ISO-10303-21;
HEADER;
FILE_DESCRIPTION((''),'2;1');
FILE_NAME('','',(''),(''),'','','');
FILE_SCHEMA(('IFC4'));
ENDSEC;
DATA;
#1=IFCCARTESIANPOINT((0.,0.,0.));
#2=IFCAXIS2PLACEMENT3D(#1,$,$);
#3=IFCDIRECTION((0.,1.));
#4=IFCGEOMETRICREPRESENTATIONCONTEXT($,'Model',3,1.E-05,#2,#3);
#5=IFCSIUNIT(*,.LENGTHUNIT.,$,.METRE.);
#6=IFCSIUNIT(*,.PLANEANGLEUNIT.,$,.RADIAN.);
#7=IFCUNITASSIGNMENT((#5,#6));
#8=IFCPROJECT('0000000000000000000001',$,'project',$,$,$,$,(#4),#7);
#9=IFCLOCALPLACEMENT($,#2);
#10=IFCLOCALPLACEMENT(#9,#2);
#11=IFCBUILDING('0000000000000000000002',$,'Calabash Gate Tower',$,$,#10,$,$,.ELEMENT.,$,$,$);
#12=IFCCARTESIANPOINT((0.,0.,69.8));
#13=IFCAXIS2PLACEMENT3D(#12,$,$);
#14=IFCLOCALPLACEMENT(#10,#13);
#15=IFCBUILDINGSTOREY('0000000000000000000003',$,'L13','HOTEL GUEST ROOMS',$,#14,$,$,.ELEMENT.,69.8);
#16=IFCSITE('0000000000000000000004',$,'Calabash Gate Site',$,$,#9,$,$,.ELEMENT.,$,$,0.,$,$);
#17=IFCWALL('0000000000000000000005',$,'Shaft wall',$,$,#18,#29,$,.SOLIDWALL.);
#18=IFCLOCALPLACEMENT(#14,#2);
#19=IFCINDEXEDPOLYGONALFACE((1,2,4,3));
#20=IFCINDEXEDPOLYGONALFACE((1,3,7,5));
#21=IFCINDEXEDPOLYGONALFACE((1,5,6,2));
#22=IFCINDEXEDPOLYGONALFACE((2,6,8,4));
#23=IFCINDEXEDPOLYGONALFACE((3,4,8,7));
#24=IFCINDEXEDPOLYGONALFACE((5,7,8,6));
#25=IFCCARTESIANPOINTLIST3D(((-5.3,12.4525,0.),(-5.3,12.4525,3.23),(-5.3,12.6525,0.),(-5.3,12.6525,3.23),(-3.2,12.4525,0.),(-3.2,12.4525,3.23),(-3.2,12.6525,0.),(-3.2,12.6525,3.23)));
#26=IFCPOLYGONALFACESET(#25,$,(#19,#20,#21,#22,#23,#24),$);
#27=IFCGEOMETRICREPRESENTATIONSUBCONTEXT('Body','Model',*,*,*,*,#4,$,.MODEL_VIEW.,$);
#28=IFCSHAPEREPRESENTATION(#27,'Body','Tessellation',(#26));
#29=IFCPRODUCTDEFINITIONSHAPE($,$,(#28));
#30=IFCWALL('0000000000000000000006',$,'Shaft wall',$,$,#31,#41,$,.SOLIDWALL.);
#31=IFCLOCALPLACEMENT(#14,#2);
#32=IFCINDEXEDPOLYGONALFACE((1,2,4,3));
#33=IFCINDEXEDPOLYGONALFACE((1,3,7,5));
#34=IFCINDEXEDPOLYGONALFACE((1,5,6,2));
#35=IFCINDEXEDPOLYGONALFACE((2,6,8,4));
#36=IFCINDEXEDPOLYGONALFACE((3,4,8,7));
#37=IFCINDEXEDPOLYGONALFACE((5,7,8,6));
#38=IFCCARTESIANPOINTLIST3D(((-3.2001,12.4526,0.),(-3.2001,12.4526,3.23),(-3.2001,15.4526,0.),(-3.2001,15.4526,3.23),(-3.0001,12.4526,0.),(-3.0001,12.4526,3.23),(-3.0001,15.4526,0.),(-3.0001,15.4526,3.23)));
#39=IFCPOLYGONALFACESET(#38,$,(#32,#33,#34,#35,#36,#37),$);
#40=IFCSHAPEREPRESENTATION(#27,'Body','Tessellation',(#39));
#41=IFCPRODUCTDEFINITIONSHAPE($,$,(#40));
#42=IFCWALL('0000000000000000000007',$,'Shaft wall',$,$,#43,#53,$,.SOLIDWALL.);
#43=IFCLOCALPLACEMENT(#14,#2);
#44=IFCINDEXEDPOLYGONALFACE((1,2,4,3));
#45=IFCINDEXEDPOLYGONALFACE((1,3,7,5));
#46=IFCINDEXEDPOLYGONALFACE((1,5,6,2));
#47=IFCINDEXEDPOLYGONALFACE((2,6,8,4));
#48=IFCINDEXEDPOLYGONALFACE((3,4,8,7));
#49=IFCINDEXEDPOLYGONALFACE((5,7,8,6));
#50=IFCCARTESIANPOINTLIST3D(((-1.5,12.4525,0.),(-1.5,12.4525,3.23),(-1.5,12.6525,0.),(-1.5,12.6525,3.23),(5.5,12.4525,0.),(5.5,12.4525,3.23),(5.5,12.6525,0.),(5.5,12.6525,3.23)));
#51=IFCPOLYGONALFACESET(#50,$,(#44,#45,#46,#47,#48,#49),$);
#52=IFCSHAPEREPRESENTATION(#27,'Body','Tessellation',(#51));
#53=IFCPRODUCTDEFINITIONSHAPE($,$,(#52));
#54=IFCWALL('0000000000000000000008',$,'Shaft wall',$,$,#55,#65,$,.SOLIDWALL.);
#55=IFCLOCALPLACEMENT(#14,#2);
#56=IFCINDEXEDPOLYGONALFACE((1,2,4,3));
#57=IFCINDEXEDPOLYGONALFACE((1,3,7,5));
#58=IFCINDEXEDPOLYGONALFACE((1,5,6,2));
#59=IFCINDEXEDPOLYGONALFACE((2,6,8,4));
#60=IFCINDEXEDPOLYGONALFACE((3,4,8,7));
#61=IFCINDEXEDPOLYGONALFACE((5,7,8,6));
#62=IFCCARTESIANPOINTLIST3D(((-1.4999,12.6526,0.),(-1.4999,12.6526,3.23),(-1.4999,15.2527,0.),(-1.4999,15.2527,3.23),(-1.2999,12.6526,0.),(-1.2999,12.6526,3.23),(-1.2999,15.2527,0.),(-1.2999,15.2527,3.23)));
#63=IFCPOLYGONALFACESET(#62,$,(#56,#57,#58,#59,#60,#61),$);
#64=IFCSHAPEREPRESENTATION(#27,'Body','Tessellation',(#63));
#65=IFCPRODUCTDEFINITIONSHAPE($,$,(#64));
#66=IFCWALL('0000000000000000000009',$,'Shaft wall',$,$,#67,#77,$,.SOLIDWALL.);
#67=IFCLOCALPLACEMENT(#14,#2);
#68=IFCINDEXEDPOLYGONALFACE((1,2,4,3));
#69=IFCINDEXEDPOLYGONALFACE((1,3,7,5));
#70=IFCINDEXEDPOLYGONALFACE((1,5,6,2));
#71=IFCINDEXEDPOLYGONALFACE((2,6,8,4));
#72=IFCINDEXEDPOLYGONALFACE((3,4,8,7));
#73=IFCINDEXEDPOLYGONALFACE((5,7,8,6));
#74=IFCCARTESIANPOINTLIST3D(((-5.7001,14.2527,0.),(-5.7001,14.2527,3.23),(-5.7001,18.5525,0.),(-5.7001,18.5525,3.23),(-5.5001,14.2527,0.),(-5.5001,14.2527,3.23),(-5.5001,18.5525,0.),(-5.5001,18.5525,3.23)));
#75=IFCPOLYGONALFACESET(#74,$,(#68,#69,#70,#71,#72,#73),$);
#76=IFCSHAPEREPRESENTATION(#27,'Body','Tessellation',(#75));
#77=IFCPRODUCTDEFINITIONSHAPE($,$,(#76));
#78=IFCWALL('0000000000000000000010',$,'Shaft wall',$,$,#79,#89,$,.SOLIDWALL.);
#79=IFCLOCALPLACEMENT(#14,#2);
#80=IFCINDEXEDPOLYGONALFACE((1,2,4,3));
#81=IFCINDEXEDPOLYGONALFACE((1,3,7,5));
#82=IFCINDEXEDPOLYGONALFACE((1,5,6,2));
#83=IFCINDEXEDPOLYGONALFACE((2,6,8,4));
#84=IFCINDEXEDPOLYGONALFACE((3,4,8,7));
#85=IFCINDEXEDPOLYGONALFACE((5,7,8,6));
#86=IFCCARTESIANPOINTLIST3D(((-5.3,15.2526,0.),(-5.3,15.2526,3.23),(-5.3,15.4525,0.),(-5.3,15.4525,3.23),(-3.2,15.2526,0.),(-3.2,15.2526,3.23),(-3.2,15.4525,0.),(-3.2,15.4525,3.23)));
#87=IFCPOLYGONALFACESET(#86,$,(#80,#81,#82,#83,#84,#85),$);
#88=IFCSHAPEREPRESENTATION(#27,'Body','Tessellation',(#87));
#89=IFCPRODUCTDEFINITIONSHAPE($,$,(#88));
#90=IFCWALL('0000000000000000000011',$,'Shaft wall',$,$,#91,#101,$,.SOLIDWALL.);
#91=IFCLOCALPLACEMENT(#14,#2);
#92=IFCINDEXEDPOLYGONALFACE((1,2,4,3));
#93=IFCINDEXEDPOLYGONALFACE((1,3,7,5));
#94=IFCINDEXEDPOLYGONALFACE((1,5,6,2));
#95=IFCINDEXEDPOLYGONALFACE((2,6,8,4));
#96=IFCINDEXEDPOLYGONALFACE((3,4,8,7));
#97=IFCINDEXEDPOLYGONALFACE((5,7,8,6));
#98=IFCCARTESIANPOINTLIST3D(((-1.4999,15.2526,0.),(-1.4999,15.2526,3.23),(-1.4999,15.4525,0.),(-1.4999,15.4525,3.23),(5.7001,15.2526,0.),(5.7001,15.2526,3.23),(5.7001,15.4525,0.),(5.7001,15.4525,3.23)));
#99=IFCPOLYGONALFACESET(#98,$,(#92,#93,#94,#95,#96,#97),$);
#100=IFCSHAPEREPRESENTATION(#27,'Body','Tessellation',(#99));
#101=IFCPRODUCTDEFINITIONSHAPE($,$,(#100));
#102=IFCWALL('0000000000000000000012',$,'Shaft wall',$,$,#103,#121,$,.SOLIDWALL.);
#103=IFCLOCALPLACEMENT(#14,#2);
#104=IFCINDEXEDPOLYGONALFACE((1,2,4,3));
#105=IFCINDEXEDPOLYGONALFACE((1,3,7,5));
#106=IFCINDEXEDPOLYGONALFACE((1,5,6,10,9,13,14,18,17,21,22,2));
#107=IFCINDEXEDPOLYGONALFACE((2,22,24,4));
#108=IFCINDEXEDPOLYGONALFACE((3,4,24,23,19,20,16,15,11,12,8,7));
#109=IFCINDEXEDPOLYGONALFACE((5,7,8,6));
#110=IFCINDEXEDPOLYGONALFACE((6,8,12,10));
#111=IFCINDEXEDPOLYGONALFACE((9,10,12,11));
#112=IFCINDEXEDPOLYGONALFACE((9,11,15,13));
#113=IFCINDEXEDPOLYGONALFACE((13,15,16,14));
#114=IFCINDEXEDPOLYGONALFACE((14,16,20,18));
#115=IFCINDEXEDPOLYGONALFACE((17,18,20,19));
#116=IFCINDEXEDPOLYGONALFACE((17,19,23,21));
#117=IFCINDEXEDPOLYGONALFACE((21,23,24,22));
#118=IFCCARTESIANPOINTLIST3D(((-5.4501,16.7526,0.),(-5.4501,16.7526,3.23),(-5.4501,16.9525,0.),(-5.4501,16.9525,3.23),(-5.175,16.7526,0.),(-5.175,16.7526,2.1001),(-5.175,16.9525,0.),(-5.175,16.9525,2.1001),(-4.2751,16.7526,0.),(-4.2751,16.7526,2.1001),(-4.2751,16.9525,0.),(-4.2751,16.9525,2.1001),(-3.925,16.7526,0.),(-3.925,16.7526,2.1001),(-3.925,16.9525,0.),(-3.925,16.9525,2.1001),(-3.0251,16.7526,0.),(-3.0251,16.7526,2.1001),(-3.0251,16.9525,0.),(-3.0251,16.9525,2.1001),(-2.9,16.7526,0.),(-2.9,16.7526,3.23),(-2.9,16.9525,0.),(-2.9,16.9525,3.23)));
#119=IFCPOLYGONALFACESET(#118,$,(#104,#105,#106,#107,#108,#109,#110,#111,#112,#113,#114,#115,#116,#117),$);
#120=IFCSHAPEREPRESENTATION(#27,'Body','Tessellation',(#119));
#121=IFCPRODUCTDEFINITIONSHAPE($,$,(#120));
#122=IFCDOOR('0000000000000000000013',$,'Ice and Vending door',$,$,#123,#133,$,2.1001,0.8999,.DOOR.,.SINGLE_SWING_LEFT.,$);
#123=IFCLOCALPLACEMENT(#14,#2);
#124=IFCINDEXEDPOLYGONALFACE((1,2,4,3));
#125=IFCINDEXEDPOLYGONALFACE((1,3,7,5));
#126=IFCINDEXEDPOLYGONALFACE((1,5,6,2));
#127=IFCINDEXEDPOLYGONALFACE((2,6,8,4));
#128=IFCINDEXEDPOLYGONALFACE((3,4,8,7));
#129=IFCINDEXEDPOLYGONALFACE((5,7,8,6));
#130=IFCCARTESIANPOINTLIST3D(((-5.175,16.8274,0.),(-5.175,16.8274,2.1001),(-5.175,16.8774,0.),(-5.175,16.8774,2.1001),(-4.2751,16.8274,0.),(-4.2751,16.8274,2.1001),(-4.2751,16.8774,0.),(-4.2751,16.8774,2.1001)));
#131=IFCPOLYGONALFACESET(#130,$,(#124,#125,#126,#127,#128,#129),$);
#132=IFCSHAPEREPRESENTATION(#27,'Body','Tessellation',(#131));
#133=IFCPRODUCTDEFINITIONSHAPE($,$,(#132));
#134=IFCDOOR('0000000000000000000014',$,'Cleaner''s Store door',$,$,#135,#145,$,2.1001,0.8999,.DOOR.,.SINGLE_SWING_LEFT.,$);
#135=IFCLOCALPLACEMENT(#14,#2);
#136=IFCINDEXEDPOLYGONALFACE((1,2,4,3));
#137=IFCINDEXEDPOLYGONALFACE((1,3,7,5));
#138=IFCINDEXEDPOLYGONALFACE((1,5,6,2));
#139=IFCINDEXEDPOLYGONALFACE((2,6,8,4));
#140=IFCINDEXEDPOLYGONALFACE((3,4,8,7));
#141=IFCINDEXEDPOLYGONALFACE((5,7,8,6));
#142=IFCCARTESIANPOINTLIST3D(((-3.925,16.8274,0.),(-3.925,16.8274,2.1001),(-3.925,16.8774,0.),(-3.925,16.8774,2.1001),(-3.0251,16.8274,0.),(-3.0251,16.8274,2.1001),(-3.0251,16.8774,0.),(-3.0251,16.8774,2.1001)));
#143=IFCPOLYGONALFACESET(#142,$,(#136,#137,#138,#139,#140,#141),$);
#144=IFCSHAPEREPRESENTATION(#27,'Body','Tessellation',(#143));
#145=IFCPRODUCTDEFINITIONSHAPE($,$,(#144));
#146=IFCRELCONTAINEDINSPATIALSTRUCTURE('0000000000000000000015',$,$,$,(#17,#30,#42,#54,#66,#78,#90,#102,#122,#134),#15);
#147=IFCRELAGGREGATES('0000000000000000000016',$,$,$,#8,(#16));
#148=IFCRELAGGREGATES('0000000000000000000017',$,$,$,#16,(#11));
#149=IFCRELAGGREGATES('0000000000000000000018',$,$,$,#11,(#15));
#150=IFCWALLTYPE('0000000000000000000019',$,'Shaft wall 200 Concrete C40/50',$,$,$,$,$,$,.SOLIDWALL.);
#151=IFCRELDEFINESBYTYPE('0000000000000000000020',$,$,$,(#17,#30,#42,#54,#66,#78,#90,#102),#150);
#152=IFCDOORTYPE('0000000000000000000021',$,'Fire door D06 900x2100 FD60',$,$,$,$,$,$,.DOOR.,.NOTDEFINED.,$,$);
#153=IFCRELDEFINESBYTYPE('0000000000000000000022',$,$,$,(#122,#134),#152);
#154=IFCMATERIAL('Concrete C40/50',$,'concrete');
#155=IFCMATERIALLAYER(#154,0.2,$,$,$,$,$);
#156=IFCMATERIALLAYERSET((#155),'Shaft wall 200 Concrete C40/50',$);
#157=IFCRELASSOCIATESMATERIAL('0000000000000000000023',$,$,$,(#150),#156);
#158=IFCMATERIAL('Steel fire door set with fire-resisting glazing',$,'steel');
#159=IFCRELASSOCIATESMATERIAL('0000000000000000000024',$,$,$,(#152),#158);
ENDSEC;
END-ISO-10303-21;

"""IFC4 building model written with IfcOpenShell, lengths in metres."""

from ifc_helpers import new_model, si_unit, direction, frame, frame_2d, origin, place, context, subcontext, project, spatial, rectangle, extrude, material, layer, layer_set, type_object, element, fill, save


model = new_model("IFC4")

# Units and contexts
model_context = context("Model", 3, precision=1e-05, world=origin(), true_north=direction((0.0, 1.0)))
body_context = subcontext(model_context, "Body", "Model", "MODEL_VIEW")
ifc_project = project(units=[si_unit("LENGTHUNIT", "METRE"), si_unit("PLANEANGLEUNIT", "RADIAN")], contexts=[model_context])

# Site, building, storey
site_placement = place(None, origin())
site = spatial("IfcSite", under=ifc_project, at=site_placement, Name="Calabash Gate Site", CompositionType="ELEMENT", RefElevation=0.0)
building_placement = place(site_placement, origin())
building = spatial("IfcBuilding", under=site, at=building_placement, Name="Calabash Gate Tower", CompositionType="ELEMENT")
storey_placement = place(building_placement, frame((0.0, 0.0, 69.8)))
storey = spatial("IfcBuildingStorey", under=building, at=storey_placement, Name="L13", Description="HOTEL GUEST ROOMS", CompositionType="ELEMENT", Elevation=69.8)

# Shared definitions
ifc_material_1 = material(Name="Concrete C40/50", Category="concrete")
ifc_layer_1 = layer(ifc_material_1, 0.2)
ifc_layer_set_1 = layer_set([ifc_layer_1], Name="Shaft wall 200 Concrete C40/50")
wall_type_1 = type_object("IfcWallType", Name="Shaft wall 200 Concrete C40/50", PredefinedType="SOLIDWALL", material=ifc_layer_set_1)

# Shared definitions
ifc_material_2 = material(Name="Steel fire door set with fire-resisting glazing", Category="steel")
door_type_1 = type_object("IfcDoorType", Name="Fire door D06 900x2100 FD60", OperationType="NOTDEFINED", PredefinedType="DOOR", material=ifc_material_2)

# Walls
wall_1_placement = place(storey_placement, frame((-5.3, 12.5525, 0.0), z_axis=(0.0, 0.0, 1.0), x_axis=(1.0, 0.0, 0.0)))
element("IfcWall", 1, at=wall_1_placement, inside=storey, type_object=wall_type_1, Name="Shaft wall", PredefinedType="SOLIDWALL", context=body_context, shape_type="SweptSolid", body=[
    extrude(rectangle(XDim=2.1001, YDim=0.2, at=frame_2d((1.05, 0.0))), origin(), (0.0, 0.0, 1.0), 3.23),
])
wall_2_placement = place(storey_placement, frame((-3.1001, 12.4526, 0.0), z_axis=(0.0, 0.0, 1.0), x_axis=(0.0, 1.0, 0.0)))
element("IfcWall", 2, at=wall_2_placement, inside=storey, type_object=wall_type_1, Name="Shaft wall", PredefinedType="SOLIDWALL", context=body_context, shape_type="SweptSolid", body=[
    extrude(rectangle(XDim=3.0, YDim=0.2, at=frame_2d((1.5, 0.0))), origin(), (0.0, 0.0, 1.0), 3.23),
])
wall_3_placement = place(storey_placement, frame((-1.5, 12.5525, 0.0), z_axis=(0.0, 0.0, 1.0), x_axis=(1.0, 0.0, 0.0)))
element("IfcWall", 3, at=wall_3_placement, inside=storey, type_object=wall_type_1, Name="Shaft wall", PredefinedType="SOLIDWALL", context=body_context, shape_type="SweptSolid", body=[
    extrude(rectangle(XDim=7.0, YDim=0.2, at=frame_2d((3.5, 0.0))), origin(), (0.0, 0.0, 1.0), 3.23),
])
wall_4_placement = place(storey_placement, frame((-1.3999, 12.6526, 0.0), z_axis=(0.0, 0.0, 1.0), x_axis=(0.0, 1.0, 0.0)))
element("IfcWall", 4, at=wall_4_placement, inside=storey, type_object=wall_type_1, Name="Shaft wall", PredefinedType="SOLIDWALL", context=body_context, shape_type="SweptSolid", body=[
    extrude(rectangle(XDim=2.6001, YDim=0.2, at=frame_2d((1.3, 0.0))), origin(), (0.0, 0.0, 1.0), 3.23),
])
wall_5_placement = place(storey_placement, frame((-5.6001, 14.2527, 0.0), z_axis=(0.0, 0.0, 1.0), x_axis=(0.0, 1.0, 0.0)))
element("IfcWall", 5, at=wall_5_placement, inside=storey, type_object=wall_type_1, Name="Shaft wall", PredefinedType="SOLIDWALL", context=body_context, shape_type="SweptSolid", body=[
    extrude(rectangle(XDim=4.2998, YDim=0.2, at=frame_2d((2.1499, 0.0))), origin(), (0.0, 0.0, 1.0), 3.23),
])
wall_6_placement = place(storey_placement, frame((-5.3, 15.3525, 0.0), z_axis=(0.0, 0.0, 1.0), x_axis=(1.0, 0.0, 0.0)))
element("IfcWall", 6, at=wall_6_placement, inside=storey, type_object=wall_type_1, Name="Shaft wall", PredefinedType="SOLIDWALL", context=body_context, shape_type="SweptSolid", body=[
    extrude(rectangle(XDim=2.1001, YDim=0.2, at=frame_2d((1.05, 0.0))), origin(), (0.0, 0.0, 1.0), 3.23),
])
wall_7_placement = place(storey_placement, frame((-1.5, 15.3525, 0.0), z_axis=(0.0, 0.0, 1.0), x_axis=(1.0, 0.0, 0.0)))
element("IfcWall", 7, at=wall_7_placement, inside=storey, type_object=wall_type_1, Name="Shaft wall", PredefinedType="SOLIDWALL", context=body_context, shape_type="SweptSolid", body=[
    extrude(rectangle(XDim=7.2, YDim=0.2, at=frame_2d((3.6001, 0.0))), origin(), (0.0, 0.0, 1.0), 3.23),
])

# Wall, openings, doors
wall_8_placement = place(storey_placement, frame((-5.45, 16.8525, 0.0), z_axis=(0.0, 0.0, 1.0), x_axis=(1.0, 0.0, 0.0)))
wall_8 = element("IfcWall", 8, at=wall_8_placement, inside=storey, type_object=wall_type_1, Name="Shaft wall", PredefinedType="SOLIDWALL", context=body_context, shape_type="SweptSolid", body=[
    extrude(rectangle(XDim=2.55, YDim=0.2, at=frame_2d((1.2749, 0.0))), origin(), (0.0, 0.0, 1.0), 3.23),
])
opening_1_placement = place(wall_8_placement, frame((0.2749, 0.0, 0.0)))
opening_1 = element("IfcOpeningElement", 9, at=opening_1_placement, cuts=wall_8, PredefinedType="OPENING", context=body_context, shape_type="SweptSolid", body=[
    extrude(rectangle(XDim=0.8999, YDim=2.1001, at=frame_2d((0.45, 1.05))), frame((0.0, 0.1099, 0.0), z_axis=(0.0, -1.0, 0.0), x_axis=(1.0, 0.0, 0.0)), (0.0, 0.0, 1.0), 0.22),
])
opening_2_placement = place(wall_8_placement, frame((1.5249, 0.0, 0.0)))
opening_2 = element("IfcOpeningElement", 10, at=opening_2_placement, cuts=wall_8, PredefinedType="OPENING", context=body_context, shape_type="SweptSolid", body=[
    extrude(rectangle(XDim=0.8999, YDim=2.1001, at=frame_2d((0.45, 1.05))), frame((0.0, 0.1099, 0.0), z_axis=(0.0, -1.0, 0.0), x_axis=(1.0, 0.0, 0.0)), (0.0, 0.0, 1.0), 0.22),
])
door_1_placement = place(opening_1_placement, origin())
door_1 = element("IfcDoor", 11, at=door_1_placement, inside=storey, type_object=door_type_1, Name="Ice and Vending door", OperationType="SINGLE_SWING_LEFT", OverallHeight=2.1001, OverallWidth=0.8999, PredefinedType="DOOR", context=body_context, shape_type="SweptSolid", body=[
    extrude(rectangle(XDim=0.8999, YDim=2.1001, at=frame_2d((0.45, 1.05))), frame((0.0, 0.0249, 0.0), z_axis=(0.0, -1.0, 0.0), x_axis=(1.0, 0.0, 0.0)), (0.0, 0.0, 1.0), 0.05),
])
fill(opening_1, door_1)
door_2_placement = place(opening_2_placement, origin())
door_2 = element("IfcDoor", 12, at=door_2_placement, inside=storey, type_object=door_type_1, Name="Cleaner's Store door", OperationType="SINGLE_SWING_LEFT", OverallHeight=2.1001, OverallWidth=0.8999, PredefinedType="DOOR", context=body_context, shape_type="SweptSolid", body=[
    extrude(rectangle(XDim=0.8999, YDim=2.1001, at=frame_2d((0.45, 1.05))), frame((0.0, 0.0249, 0.0), z_axis=(0.0, -1.0, 0.0), x_axis=(1.0, 0.0, 0.0)), (0.0, 0.0, 1.0), 0.05),
])
fill(opening_2, door_2)

save(model, "model.ifc")
